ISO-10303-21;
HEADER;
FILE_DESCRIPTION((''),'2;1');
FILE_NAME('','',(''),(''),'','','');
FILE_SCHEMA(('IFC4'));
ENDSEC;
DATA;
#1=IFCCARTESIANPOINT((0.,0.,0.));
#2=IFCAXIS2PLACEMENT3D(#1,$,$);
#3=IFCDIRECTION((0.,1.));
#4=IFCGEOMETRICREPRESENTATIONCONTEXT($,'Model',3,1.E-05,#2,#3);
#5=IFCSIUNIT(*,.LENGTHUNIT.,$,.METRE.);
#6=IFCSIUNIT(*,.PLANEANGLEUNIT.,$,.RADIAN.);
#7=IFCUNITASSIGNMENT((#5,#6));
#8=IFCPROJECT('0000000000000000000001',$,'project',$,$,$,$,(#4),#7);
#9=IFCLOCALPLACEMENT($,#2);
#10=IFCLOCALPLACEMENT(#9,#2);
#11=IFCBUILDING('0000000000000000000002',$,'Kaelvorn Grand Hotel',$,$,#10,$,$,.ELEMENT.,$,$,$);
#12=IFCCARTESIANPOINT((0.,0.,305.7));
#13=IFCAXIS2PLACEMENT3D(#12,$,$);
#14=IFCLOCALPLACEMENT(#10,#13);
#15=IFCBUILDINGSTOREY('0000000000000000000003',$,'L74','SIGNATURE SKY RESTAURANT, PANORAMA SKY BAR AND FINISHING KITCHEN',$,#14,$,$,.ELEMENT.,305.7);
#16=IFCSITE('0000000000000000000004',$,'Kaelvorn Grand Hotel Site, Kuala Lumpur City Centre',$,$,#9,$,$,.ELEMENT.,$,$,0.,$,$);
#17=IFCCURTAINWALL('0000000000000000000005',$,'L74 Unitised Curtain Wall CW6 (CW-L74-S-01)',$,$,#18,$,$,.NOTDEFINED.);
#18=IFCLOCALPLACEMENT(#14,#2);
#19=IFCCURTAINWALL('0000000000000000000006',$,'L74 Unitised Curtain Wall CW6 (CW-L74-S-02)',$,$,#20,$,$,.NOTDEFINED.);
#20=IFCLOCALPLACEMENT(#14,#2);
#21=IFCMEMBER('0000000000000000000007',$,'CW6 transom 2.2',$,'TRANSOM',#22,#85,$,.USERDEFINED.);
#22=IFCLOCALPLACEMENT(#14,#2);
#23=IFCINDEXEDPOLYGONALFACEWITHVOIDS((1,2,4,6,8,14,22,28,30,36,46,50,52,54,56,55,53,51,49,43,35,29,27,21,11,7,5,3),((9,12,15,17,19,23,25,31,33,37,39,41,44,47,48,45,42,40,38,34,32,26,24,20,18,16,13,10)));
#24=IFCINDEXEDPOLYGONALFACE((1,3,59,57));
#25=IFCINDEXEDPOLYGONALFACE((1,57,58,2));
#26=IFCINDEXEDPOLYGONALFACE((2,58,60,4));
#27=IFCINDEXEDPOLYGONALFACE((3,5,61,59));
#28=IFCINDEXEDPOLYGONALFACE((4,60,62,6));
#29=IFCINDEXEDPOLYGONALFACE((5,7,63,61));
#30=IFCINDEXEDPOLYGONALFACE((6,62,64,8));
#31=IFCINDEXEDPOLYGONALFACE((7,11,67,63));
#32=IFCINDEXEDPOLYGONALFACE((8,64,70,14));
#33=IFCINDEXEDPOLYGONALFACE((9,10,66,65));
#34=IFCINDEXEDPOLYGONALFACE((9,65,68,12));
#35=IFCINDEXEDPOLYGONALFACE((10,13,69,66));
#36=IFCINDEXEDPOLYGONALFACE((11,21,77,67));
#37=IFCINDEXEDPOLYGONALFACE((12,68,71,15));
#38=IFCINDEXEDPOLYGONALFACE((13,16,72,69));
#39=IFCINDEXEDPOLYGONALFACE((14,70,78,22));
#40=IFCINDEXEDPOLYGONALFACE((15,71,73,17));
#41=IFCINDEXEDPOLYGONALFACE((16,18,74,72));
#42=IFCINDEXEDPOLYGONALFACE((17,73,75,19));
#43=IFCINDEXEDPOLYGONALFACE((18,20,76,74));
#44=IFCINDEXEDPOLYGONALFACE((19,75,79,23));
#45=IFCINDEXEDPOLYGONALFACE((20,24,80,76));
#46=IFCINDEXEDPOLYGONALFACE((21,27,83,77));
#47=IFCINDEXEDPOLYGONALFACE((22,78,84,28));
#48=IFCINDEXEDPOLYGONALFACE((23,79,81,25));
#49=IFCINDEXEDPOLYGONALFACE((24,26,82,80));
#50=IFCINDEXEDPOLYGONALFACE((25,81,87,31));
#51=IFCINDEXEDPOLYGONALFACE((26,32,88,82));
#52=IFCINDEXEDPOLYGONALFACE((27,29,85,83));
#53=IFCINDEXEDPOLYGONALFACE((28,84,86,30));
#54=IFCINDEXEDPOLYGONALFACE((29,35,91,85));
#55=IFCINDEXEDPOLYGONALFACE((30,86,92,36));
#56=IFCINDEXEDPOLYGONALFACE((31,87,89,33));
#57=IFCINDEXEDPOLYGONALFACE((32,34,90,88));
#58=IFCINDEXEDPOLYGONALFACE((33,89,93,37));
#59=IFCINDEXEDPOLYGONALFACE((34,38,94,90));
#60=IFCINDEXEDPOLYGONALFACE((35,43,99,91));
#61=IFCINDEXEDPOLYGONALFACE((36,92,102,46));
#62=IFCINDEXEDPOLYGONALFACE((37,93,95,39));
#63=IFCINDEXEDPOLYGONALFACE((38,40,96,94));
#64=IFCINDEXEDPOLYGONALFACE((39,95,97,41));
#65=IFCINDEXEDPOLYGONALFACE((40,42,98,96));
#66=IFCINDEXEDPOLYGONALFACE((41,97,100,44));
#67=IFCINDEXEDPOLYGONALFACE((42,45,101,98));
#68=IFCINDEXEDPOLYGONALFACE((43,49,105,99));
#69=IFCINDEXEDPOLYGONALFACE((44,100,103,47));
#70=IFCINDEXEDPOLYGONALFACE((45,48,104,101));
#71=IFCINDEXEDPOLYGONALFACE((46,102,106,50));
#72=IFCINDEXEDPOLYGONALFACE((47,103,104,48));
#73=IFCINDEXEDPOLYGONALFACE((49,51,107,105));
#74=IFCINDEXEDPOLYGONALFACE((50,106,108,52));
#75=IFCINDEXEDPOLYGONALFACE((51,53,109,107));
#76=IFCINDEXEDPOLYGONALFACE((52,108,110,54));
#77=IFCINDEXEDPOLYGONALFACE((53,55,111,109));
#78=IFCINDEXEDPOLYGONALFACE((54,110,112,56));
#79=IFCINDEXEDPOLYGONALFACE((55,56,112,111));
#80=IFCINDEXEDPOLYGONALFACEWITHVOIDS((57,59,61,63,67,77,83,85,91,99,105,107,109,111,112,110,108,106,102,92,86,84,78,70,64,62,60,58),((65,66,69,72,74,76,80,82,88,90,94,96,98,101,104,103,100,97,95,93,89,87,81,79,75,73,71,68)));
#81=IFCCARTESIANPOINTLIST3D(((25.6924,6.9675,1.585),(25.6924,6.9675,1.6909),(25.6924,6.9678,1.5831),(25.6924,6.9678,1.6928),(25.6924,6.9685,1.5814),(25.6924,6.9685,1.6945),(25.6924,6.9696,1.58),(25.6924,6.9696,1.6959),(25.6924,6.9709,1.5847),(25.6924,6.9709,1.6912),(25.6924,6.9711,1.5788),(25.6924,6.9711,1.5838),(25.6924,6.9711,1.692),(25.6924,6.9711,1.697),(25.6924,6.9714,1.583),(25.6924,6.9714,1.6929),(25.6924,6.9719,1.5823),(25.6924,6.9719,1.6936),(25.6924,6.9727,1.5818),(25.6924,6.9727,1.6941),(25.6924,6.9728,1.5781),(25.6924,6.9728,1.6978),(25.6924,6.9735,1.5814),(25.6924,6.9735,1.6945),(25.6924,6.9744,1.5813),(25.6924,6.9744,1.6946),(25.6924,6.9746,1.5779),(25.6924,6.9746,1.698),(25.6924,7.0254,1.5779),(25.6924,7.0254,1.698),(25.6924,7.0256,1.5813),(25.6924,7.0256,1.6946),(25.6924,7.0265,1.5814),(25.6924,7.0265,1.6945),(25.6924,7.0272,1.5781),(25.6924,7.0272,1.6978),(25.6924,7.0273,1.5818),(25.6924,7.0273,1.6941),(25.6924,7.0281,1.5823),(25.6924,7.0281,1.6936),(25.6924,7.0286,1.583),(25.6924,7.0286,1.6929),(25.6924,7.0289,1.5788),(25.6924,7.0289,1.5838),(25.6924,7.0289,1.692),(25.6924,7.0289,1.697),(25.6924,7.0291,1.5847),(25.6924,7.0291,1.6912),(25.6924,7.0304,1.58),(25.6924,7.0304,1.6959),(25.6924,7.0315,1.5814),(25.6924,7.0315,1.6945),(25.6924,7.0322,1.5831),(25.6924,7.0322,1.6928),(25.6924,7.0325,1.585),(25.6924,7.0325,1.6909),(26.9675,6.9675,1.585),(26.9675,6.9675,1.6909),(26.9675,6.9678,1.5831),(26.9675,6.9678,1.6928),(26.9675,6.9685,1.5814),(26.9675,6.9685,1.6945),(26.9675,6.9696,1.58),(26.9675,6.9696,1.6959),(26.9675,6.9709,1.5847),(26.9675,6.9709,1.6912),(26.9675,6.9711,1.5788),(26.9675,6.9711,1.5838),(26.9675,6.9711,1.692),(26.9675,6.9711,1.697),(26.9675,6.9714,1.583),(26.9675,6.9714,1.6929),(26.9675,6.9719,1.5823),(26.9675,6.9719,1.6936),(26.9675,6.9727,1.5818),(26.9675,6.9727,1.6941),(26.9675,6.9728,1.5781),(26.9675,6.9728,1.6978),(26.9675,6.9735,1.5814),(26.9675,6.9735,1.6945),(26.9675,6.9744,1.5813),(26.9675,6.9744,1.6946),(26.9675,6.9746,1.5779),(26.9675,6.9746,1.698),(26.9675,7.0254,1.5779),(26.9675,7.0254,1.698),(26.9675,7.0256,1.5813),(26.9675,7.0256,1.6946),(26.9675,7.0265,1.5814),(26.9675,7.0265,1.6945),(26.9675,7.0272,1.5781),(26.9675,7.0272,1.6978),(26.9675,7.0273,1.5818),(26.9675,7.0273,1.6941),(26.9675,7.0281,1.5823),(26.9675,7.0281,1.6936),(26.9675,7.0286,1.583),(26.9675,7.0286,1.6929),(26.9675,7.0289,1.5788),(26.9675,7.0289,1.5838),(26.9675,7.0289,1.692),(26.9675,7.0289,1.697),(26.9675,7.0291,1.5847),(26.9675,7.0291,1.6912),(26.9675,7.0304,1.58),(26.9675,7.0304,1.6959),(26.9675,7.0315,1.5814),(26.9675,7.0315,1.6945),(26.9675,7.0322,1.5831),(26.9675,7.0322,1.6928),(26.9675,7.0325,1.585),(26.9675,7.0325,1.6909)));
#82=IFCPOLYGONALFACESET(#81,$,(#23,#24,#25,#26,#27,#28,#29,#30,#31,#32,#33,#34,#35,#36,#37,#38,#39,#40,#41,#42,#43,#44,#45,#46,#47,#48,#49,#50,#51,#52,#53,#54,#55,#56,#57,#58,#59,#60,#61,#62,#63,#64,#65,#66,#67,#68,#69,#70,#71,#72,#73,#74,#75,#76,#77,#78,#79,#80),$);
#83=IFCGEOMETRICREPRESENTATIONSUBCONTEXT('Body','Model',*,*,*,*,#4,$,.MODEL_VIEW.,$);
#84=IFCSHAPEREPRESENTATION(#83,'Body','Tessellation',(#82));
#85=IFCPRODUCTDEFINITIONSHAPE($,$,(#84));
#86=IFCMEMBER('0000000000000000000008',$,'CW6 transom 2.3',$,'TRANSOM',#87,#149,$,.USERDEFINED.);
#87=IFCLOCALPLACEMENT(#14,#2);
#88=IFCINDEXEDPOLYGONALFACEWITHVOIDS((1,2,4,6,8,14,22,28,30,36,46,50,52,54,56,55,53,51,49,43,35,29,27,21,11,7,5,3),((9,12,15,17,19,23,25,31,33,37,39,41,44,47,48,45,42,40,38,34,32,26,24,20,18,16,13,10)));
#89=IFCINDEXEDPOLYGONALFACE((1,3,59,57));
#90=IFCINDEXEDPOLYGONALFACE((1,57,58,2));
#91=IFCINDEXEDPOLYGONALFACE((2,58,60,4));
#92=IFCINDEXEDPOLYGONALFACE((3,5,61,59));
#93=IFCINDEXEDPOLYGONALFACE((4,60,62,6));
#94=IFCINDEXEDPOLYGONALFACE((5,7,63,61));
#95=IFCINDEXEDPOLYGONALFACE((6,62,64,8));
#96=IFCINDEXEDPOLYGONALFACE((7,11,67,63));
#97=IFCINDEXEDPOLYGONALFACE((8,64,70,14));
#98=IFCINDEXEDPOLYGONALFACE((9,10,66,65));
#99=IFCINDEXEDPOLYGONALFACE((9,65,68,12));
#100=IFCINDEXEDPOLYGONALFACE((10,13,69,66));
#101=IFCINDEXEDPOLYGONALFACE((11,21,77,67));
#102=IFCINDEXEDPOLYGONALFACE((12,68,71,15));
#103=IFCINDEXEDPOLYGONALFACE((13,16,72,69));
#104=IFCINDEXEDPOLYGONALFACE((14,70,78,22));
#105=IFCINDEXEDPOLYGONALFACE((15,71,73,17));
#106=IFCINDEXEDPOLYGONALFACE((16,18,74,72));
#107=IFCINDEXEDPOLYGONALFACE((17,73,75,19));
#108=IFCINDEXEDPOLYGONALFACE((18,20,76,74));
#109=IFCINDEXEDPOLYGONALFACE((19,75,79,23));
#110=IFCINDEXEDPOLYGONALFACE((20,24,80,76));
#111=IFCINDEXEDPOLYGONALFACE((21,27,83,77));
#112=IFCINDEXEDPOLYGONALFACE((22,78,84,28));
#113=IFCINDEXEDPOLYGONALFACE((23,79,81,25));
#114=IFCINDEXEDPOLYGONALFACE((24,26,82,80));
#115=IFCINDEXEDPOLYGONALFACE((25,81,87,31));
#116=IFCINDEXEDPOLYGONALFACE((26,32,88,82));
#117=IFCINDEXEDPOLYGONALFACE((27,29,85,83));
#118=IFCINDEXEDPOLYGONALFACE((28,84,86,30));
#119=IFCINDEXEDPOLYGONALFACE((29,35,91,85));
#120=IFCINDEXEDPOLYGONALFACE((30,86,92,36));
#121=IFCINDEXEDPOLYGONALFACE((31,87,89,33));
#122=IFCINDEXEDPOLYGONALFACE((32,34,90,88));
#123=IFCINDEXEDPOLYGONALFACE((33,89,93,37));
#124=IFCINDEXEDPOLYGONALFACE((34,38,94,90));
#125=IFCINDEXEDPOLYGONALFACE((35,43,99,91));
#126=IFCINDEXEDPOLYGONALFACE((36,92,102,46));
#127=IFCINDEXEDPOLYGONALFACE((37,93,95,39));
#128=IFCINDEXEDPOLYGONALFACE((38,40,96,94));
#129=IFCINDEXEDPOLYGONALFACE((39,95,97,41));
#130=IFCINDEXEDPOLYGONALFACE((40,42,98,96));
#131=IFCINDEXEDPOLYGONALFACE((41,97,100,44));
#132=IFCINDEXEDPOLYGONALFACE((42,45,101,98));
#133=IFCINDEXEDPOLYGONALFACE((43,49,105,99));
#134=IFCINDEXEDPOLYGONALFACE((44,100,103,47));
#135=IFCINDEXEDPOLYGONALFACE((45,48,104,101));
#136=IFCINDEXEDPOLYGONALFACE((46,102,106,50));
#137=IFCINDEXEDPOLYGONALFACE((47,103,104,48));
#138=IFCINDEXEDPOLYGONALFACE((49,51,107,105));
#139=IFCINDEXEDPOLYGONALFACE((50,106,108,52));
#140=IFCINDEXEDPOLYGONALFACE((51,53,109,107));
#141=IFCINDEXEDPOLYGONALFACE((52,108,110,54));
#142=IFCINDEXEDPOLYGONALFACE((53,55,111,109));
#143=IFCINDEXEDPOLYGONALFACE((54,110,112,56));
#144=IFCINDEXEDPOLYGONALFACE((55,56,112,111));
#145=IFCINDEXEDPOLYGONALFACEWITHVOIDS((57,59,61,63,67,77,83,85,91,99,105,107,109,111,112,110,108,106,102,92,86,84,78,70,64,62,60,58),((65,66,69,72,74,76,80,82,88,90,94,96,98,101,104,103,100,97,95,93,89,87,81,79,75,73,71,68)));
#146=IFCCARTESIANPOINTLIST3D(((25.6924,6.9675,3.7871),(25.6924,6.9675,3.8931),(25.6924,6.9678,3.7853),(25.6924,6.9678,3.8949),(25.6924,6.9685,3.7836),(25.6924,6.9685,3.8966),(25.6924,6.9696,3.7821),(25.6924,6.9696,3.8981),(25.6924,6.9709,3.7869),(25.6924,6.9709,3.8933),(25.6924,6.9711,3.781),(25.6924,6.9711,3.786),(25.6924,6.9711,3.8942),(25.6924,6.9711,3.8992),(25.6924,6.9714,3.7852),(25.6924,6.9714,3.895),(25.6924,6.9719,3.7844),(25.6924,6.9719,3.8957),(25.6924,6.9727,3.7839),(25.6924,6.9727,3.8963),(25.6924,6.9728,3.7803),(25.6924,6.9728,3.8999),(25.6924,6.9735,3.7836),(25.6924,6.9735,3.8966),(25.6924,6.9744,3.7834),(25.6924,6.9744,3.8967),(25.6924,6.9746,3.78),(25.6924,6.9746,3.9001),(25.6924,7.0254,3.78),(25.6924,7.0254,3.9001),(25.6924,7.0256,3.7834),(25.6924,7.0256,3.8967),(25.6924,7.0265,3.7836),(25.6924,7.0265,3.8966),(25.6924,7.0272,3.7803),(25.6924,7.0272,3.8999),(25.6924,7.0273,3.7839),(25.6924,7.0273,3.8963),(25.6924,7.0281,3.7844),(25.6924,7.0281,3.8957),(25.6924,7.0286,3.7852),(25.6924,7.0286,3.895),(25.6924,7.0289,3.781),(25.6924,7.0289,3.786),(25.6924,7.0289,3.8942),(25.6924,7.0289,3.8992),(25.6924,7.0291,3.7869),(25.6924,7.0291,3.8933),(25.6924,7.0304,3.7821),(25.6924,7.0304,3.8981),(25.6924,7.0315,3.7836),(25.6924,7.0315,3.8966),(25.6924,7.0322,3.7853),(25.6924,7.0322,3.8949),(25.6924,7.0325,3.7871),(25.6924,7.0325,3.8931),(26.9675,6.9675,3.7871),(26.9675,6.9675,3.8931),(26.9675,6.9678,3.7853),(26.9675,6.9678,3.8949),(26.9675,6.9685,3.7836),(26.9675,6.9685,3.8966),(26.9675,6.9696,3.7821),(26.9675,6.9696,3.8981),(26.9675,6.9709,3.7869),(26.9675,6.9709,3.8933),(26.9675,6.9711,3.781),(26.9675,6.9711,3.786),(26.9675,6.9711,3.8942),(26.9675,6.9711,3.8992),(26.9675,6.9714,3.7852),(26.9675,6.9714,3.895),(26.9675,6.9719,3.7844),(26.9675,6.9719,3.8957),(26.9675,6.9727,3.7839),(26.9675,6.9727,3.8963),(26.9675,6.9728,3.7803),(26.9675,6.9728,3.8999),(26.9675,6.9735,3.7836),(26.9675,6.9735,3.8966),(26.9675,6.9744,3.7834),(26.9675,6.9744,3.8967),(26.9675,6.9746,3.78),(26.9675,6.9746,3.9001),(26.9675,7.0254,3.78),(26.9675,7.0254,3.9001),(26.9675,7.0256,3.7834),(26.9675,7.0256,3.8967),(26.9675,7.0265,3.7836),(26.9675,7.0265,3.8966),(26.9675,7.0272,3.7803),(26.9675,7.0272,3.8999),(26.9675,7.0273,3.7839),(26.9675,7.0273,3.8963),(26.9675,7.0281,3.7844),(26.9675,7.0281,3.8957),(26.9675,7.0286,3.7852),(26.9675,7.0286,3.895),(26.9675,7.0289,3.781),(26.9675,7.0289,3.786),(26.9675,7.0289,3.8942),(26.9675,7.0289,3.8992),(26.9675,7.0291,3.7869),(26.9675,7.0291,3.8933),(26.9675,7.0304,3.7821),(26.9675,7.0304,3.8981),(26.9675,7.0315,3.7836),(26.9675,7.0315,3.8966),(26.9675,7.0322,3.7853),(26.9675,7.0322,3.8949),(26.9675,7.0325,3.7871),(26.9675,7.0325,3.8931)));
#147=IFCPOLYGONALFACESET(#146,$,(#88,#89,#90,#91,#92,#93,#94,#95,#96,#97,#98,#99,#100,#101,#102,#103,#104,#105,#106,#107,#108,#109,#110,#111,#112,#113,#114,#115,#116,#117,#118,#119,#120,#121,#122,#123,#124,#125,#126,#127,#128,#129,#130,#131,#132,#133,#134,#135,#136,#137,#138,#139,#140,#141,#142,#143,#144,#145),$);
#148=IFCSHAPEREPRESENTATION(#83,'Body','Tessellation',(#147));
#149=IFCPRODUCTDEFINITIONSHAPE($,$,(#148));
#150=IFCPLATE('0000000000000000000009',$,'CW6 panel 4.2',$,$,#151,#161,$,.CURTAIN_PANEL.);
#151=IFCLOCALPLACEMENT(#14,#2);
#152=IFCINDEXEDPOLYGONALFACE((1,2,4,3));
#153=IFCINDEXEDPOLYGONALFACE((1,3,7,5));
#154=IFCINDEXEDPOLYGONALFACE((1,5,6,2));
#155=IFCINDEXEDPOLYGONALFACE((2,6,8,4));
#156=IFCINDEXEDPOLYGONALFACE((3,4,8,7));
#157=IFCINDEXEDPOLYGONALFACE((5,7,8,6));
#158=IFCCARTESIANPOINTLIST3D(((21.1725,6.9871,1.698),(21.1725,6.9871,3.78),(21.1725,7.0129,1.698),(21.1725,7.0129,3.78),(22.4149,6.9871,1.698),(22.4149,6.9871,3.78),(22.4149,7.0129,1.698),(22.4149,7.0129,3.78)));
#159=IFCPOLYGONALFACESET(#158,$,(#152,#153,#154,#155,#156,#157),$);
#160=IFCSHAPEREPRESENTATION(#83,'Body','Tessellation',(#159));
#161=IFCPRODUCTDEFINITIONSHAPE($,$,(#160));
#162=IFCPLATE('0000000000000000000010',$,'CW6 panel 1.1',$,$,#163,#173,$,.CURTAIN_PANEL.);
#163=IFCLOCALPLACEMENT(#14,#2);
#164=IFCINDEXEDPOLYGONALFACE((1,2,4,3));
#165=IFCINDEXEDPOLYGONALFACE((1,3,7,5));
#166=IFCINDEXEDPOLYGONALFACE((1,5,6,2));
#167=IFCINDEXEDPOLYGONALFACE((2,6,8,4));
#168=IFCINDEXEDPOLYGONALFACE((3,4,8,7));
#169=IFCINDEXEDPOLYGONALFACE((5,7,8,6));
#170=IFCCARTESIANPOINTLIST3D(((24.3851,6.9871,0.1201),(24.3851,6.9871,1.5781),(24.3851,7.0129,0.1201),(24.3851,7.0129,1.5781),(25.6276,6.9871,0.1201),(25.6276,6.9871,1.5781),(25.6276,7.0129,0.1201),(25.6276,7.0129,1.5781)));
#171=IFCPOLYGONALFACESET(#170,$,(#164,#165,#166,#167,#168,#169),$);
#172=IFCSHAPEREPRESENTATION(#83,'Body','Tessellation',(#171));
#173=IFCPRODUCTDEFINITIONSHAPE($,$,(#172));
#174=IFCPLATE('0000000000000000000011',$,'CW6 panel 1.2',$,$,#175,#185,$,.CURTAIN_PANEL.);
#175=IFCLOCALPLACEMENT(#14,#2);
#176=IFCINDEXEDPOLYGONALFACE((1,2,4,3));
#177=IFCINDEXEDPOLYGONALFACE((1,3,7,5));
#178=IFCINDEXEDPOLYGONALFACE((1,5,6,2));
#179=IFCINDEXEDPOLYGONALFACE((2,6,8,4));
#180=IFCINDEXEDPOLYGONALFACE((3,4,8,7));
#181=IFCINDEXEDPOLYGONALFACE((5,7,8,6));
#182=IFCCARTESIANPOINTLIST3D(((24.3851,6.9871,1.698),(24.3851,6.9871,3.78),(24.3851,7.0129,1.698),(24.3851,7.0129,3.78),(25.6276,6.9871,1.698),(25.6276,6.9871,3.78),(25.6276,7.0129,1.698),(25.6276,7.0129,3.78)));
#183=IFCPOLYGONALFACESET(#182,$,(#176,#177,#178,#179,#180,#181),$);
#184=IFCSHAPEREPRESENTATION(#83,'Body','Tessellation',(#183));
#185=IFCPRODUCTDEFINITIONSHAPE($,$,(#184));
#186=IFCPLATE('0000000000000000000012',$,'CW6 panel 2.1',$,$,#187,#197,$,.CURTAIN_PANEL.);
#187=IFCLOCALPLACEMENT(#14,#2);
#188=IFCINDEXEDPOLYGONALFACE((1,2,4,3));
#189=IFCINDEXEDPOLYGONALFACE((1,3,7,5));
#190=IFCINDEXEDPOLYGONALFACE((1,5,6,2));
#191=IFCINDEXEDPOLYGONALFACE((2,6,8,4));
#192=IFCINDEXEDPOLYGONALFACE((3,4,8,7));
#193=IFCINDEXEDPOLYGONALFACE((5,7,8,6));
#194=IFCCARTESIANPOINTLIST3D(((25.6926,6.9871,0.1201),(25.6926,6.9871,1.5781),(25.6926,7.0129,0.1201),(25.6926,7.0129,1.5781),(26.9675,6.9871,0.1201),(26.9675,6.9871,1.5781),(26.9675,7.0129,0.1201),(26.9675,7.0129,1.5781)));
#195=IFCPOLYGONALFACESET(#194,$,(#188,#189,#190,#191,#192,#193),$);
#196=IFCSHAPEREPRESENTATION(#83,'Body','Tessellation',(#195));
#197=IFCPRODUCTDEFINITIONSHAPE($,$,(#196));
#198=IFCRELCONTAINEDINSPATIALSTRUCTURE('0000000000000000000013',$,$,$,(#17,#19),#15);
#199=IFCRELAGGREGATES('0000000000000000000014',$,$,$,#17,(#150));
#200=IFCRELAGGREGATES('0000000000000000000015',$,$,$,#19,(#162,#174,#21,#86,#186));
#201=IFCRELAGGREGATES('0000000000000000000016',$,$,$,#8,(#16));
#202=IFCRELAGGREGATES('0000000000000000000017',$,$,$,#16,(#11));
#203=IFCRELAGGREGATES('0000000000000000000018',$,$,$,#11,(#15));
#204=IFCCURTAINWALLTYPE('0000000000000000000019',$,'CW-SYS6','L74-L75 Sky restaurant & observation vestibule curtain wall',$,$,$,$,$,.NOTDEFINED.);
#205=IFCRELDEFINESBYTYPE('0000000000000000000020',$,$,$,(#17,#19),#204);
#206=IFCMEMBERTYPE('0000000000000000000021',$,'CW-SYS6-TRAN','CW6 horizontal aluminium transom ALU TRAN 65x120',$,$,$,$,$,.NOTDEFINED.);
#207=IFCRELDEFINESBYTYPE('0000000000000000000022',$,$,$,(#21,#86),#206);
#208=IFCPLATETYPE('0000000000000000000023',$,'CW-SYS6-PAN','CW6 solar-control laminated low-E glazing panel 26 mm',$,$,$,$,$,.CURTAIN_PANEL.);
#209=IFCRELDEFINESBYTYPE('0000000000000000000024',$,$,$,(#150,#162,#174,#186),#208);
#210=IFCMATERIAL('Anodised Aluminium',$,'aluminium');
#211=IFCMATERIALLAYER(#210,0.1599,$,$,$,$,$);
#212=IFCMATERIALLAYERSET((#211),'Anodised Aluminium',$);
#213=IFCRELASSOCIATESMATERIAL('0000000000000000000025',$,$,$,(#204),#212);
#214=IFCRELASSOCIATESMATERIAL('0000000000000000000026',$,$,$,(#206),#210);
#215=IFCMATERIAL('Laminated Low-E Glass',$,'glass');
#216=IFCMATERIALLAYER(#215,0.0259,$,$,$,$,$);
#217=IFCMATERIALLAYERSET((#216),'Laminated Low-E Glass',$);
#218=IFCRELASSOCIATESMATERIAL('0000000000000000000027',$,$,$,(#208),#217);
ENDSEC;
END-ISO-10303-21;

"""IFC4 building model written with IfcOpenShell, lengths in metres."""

from ifc_helpers import new_model, si_unit, direction, frame, origin, origin_2d, place, context, subcontext, project, spatial, rectangle, hollow_rectangle, extrude, material, layer, layer_set, material_profile, profile_set, type_object, element, aggregate, save


model = new_model("IFC4")

# Units and contexts
model_context = context("Model", 3, precision=1e-05, world=origin(), true_north=direction((0.0, 1.0)))
body_context = subcontext(model_context, "Body", "Model", "MODEL_VIEW")
ifc_project = project(units=[si_unit("LENGTHUNIT", "METRE"), si_unit("PLANEANGLEUNIT", "RADIAN")], contexts=[model_context])

# Site, building, storey
site_placement = place(None, origin())
site = spatial("IfcSite", under=ifc_project, at=site_placement, Name="Kaelvorn Grand Hotel Site, Kuala Lumpur City Centre", CompositionType="ELEMENT", RefElevation=0.0)
building_placement = place(site_placement, origin())
building = spatial("IfcBuilding", under=site, at=building_placement, Name="Kaelvorn Grand Hotel", CompositionType="ELEMENT")
storey_placement = place(building_placement, frame((0.0, 0.0, 305.7)))
storey = spatial("IfcBuildingStorey", under=building, at=storey_placement, Name="L74", Description="SIGNATURE SKY RESTAURANT, PANORAMA SKY BAR AND FINISHING KITCHEN", CompositionType="ELEMENT", Elevation=305.7)

# Curtain wall
ifc_material_1 = material(Name="Anodised Aluminium", Category="aluminium")
ifc_layer_1 = layer(ifc_material_1, 0.1599)
ifc_layer_set_1 = layer_set([ifc_layer_1], Name="Anodised Aluminium")
curtain_wall_type = type_object("IfcCurtainWallType", Name="CW-SYS6", Description="L74-L75 Sky restaurant & observation vestibule curtain wall", PredefinedType="NOTDEFINED", material=ifc_layer_set_1)
curtain_wall_1_placement = place(storey_placement, origin())
curtain_wall_1 = element("IfcCurtainWall", 1, at=curtain_wall_1_placement, inside=storey, type_object=curtain_wall_type, Name="L74 Unitised Curtain Wall CW6 (CW-L74-S-01)", PredefinedType="NOTDEFINED")

# Curtain wall, members
curtain_wall_2_placement = place(storey_placement, origin())
curtain_wall_2 = element("IfcCurtainWall", 2, at=curtain_wall_2_placement, inside=storey, type_object=curtain_wall_type, Name="L74 Unitised Curtain Wall CW6 (CW-L74-S-02)", PredefinedType="NOTDEFINED")
ifc_material_profile_1 = material_profile(ifc_material_1, hollow_rectangle(XDim=0.0649, YDim=0.1201, WallThickness=0.0034, InnerFilletRadius=0.0034, OuterFilletRadius=0.0071, at=origin_2d()), Name="ALU TRAN 65x120")
ifc_profile_set_1 = profile_set([ifc_material_profile_1], Name="Anodised Aluminium")
member_type_1 = type_object("IfcMemberType", Name="CW-SYS6-TRAN", Description="CW6 horizontal aluminium transom ALU TRAN 65x120", PredefinedType="NOTDEFINED", material=ifc_profile_set_1)
member_1_placement = place(storey_placement, frame((25.6924, 7.0, 1.6379), z_axis=(1.0, 0.0, 0.0), x_axis=(0.0, 1.0, 0.0)))
member_1 = element("IfcMember", 3, at=member_1_placement, type_object=member_type_1, Name="CW6 transom 2.2", ObjectType="TRANSOM", PredefinedType="USERDEFINED", context=body_context, shape_type="SweptSolid", body=[
    extrude(hollow_rectangle(XDim=0.0649, YDim=0.1201, WallThickness=0.0034, InnerFilletRadius=0.0034, OuterFilletRadius=0.0071, at=origin_2d()), origin(), (0.0, 0.0, 1.0), 1.2751),
])
member_2_placement = place(storey_placement, frame((25.6924, 7.0, 3.8401), z_axis=(1.0, 0.0, 0.0), x_axis=(0.0, 1.0, 0.0)))
member_2 = element("IfcMember", 4, at=member_2_placement, type_object=member_type_1, Name="CW6 transom 2.3", ObjectType="TRANSOM", PredefinedType="USERDEFINED", context=body_context, shape_type="SweptSolid", body=[
    extrude(hollow_rectangle(XDim=0.0649, YDim=0.1201, WallThickness=0.0034, InnerFilletRadius=0.0034, OuterFilletRadius=0.0071, at=origin_2d()), origin(), (0.0, 0.0, 1.0), 1.2751),
])

# Plates
ifc_material_2 = material(Name="Laminated Low-E Glass", Category="glass")
ifc_layer_2 = layer(ifc_material_2, 0.0259)
ifc_layer_set_2 = layer_set([ifc_layer_2], Name="Laminated Low-E Glass")
plate_type = type_object("IfcPlateType", Name="CW-SYS6-PAN", Description="CW6 solar-control laminated low-E glazing panel 26 mm", PredefinedType="CURTAIN_PANEL", material=ifc_layer_set_2)
plate_1_placement = place(storey_placement, frame((21.7937, 7.0, 1.698), z_axis=(0.0, 0.0, 1.0), x_axis=(1.0, 0.0, 0.0)))
plate_1 = element("IfcPlate", 5, at=plate_1_placement, type_object=plate_type, Name="CW6 panel 4.2", PredefinedType="CURTAIN_PANEL", context=body_context, shape_type="SweptSolid", body=[
    extrude(rectangle(XDim=1.2424, YDim=0.0259, at=origin_2d()), origin(), (0.0, 0.0, 1.0), 2.082),
])
aggregate(curtain_wall_1, [plate_1])
plate_2_placement = place(storey_placement, frame((25.0063, 7.0, 0.1201), z_axis=(0.0, 0.0, 1.0), x_axis=(1.0, 0.0, 0.0)))
plate_2 = element("IfcPlate", 6, at=plate_2_placement, type_object=plate_type, Name="CW6 panel 1.1", PredefinedType="CURTAIN_PANEL", context=body_context, shape_type="SweptSolid", body=[
    extrude(rectangle(XDim=1.2424, YDim=0.0259, at=origin_2d()), origin(), (0.0, 0.0, 1.0), 1.458),
])
plate_3_placement = place(storey_placement, frame((25.0063, 7.0, 1.698), z_axis=(0.0, 0.0, 1.0), x_axis=(1.0, 0.0, 0.0)))
plate_3 = element("IfcPlate", 7, at=plate_3_placement, type_object=plate_type, Name="CW6 panel 1.2", PredefinedType="CURTAIN_PANEL", context=body_context, shape_type="SweptSolid", body=[
    extrude(rectangle(XDim=1.2424, YDim=0.0259, at=origin_2d()), origin(), (0.0, 0.0, 1.0), 2.082),
])
plate_4_placement = place(storey_placement, frame((26.3301, 7.0, 0.1201), z_axis=(0.0, 0.0, 1.0), x_axis=(1.0, 0.0, 0.0)))
plate_4 = element("IfcPlate", 8, at=plate_4_placement, type_object=plate_type, Name="CW6 panel 2.1", PredefinedType="CURTAIN_PANEL", context=body_context, shape_type="SweptSolid", body=[
    extrude(rectangle(XDim=1.2749, YDim=0.0259, at=origin_2d()), origin(), (0.0, 0.0, 1.0), 1.458),
])
aggregate(curtain_wall_2, [plate_2, plate_3, member_1, member_2, plate_4])

save(model, "model.ifc")
